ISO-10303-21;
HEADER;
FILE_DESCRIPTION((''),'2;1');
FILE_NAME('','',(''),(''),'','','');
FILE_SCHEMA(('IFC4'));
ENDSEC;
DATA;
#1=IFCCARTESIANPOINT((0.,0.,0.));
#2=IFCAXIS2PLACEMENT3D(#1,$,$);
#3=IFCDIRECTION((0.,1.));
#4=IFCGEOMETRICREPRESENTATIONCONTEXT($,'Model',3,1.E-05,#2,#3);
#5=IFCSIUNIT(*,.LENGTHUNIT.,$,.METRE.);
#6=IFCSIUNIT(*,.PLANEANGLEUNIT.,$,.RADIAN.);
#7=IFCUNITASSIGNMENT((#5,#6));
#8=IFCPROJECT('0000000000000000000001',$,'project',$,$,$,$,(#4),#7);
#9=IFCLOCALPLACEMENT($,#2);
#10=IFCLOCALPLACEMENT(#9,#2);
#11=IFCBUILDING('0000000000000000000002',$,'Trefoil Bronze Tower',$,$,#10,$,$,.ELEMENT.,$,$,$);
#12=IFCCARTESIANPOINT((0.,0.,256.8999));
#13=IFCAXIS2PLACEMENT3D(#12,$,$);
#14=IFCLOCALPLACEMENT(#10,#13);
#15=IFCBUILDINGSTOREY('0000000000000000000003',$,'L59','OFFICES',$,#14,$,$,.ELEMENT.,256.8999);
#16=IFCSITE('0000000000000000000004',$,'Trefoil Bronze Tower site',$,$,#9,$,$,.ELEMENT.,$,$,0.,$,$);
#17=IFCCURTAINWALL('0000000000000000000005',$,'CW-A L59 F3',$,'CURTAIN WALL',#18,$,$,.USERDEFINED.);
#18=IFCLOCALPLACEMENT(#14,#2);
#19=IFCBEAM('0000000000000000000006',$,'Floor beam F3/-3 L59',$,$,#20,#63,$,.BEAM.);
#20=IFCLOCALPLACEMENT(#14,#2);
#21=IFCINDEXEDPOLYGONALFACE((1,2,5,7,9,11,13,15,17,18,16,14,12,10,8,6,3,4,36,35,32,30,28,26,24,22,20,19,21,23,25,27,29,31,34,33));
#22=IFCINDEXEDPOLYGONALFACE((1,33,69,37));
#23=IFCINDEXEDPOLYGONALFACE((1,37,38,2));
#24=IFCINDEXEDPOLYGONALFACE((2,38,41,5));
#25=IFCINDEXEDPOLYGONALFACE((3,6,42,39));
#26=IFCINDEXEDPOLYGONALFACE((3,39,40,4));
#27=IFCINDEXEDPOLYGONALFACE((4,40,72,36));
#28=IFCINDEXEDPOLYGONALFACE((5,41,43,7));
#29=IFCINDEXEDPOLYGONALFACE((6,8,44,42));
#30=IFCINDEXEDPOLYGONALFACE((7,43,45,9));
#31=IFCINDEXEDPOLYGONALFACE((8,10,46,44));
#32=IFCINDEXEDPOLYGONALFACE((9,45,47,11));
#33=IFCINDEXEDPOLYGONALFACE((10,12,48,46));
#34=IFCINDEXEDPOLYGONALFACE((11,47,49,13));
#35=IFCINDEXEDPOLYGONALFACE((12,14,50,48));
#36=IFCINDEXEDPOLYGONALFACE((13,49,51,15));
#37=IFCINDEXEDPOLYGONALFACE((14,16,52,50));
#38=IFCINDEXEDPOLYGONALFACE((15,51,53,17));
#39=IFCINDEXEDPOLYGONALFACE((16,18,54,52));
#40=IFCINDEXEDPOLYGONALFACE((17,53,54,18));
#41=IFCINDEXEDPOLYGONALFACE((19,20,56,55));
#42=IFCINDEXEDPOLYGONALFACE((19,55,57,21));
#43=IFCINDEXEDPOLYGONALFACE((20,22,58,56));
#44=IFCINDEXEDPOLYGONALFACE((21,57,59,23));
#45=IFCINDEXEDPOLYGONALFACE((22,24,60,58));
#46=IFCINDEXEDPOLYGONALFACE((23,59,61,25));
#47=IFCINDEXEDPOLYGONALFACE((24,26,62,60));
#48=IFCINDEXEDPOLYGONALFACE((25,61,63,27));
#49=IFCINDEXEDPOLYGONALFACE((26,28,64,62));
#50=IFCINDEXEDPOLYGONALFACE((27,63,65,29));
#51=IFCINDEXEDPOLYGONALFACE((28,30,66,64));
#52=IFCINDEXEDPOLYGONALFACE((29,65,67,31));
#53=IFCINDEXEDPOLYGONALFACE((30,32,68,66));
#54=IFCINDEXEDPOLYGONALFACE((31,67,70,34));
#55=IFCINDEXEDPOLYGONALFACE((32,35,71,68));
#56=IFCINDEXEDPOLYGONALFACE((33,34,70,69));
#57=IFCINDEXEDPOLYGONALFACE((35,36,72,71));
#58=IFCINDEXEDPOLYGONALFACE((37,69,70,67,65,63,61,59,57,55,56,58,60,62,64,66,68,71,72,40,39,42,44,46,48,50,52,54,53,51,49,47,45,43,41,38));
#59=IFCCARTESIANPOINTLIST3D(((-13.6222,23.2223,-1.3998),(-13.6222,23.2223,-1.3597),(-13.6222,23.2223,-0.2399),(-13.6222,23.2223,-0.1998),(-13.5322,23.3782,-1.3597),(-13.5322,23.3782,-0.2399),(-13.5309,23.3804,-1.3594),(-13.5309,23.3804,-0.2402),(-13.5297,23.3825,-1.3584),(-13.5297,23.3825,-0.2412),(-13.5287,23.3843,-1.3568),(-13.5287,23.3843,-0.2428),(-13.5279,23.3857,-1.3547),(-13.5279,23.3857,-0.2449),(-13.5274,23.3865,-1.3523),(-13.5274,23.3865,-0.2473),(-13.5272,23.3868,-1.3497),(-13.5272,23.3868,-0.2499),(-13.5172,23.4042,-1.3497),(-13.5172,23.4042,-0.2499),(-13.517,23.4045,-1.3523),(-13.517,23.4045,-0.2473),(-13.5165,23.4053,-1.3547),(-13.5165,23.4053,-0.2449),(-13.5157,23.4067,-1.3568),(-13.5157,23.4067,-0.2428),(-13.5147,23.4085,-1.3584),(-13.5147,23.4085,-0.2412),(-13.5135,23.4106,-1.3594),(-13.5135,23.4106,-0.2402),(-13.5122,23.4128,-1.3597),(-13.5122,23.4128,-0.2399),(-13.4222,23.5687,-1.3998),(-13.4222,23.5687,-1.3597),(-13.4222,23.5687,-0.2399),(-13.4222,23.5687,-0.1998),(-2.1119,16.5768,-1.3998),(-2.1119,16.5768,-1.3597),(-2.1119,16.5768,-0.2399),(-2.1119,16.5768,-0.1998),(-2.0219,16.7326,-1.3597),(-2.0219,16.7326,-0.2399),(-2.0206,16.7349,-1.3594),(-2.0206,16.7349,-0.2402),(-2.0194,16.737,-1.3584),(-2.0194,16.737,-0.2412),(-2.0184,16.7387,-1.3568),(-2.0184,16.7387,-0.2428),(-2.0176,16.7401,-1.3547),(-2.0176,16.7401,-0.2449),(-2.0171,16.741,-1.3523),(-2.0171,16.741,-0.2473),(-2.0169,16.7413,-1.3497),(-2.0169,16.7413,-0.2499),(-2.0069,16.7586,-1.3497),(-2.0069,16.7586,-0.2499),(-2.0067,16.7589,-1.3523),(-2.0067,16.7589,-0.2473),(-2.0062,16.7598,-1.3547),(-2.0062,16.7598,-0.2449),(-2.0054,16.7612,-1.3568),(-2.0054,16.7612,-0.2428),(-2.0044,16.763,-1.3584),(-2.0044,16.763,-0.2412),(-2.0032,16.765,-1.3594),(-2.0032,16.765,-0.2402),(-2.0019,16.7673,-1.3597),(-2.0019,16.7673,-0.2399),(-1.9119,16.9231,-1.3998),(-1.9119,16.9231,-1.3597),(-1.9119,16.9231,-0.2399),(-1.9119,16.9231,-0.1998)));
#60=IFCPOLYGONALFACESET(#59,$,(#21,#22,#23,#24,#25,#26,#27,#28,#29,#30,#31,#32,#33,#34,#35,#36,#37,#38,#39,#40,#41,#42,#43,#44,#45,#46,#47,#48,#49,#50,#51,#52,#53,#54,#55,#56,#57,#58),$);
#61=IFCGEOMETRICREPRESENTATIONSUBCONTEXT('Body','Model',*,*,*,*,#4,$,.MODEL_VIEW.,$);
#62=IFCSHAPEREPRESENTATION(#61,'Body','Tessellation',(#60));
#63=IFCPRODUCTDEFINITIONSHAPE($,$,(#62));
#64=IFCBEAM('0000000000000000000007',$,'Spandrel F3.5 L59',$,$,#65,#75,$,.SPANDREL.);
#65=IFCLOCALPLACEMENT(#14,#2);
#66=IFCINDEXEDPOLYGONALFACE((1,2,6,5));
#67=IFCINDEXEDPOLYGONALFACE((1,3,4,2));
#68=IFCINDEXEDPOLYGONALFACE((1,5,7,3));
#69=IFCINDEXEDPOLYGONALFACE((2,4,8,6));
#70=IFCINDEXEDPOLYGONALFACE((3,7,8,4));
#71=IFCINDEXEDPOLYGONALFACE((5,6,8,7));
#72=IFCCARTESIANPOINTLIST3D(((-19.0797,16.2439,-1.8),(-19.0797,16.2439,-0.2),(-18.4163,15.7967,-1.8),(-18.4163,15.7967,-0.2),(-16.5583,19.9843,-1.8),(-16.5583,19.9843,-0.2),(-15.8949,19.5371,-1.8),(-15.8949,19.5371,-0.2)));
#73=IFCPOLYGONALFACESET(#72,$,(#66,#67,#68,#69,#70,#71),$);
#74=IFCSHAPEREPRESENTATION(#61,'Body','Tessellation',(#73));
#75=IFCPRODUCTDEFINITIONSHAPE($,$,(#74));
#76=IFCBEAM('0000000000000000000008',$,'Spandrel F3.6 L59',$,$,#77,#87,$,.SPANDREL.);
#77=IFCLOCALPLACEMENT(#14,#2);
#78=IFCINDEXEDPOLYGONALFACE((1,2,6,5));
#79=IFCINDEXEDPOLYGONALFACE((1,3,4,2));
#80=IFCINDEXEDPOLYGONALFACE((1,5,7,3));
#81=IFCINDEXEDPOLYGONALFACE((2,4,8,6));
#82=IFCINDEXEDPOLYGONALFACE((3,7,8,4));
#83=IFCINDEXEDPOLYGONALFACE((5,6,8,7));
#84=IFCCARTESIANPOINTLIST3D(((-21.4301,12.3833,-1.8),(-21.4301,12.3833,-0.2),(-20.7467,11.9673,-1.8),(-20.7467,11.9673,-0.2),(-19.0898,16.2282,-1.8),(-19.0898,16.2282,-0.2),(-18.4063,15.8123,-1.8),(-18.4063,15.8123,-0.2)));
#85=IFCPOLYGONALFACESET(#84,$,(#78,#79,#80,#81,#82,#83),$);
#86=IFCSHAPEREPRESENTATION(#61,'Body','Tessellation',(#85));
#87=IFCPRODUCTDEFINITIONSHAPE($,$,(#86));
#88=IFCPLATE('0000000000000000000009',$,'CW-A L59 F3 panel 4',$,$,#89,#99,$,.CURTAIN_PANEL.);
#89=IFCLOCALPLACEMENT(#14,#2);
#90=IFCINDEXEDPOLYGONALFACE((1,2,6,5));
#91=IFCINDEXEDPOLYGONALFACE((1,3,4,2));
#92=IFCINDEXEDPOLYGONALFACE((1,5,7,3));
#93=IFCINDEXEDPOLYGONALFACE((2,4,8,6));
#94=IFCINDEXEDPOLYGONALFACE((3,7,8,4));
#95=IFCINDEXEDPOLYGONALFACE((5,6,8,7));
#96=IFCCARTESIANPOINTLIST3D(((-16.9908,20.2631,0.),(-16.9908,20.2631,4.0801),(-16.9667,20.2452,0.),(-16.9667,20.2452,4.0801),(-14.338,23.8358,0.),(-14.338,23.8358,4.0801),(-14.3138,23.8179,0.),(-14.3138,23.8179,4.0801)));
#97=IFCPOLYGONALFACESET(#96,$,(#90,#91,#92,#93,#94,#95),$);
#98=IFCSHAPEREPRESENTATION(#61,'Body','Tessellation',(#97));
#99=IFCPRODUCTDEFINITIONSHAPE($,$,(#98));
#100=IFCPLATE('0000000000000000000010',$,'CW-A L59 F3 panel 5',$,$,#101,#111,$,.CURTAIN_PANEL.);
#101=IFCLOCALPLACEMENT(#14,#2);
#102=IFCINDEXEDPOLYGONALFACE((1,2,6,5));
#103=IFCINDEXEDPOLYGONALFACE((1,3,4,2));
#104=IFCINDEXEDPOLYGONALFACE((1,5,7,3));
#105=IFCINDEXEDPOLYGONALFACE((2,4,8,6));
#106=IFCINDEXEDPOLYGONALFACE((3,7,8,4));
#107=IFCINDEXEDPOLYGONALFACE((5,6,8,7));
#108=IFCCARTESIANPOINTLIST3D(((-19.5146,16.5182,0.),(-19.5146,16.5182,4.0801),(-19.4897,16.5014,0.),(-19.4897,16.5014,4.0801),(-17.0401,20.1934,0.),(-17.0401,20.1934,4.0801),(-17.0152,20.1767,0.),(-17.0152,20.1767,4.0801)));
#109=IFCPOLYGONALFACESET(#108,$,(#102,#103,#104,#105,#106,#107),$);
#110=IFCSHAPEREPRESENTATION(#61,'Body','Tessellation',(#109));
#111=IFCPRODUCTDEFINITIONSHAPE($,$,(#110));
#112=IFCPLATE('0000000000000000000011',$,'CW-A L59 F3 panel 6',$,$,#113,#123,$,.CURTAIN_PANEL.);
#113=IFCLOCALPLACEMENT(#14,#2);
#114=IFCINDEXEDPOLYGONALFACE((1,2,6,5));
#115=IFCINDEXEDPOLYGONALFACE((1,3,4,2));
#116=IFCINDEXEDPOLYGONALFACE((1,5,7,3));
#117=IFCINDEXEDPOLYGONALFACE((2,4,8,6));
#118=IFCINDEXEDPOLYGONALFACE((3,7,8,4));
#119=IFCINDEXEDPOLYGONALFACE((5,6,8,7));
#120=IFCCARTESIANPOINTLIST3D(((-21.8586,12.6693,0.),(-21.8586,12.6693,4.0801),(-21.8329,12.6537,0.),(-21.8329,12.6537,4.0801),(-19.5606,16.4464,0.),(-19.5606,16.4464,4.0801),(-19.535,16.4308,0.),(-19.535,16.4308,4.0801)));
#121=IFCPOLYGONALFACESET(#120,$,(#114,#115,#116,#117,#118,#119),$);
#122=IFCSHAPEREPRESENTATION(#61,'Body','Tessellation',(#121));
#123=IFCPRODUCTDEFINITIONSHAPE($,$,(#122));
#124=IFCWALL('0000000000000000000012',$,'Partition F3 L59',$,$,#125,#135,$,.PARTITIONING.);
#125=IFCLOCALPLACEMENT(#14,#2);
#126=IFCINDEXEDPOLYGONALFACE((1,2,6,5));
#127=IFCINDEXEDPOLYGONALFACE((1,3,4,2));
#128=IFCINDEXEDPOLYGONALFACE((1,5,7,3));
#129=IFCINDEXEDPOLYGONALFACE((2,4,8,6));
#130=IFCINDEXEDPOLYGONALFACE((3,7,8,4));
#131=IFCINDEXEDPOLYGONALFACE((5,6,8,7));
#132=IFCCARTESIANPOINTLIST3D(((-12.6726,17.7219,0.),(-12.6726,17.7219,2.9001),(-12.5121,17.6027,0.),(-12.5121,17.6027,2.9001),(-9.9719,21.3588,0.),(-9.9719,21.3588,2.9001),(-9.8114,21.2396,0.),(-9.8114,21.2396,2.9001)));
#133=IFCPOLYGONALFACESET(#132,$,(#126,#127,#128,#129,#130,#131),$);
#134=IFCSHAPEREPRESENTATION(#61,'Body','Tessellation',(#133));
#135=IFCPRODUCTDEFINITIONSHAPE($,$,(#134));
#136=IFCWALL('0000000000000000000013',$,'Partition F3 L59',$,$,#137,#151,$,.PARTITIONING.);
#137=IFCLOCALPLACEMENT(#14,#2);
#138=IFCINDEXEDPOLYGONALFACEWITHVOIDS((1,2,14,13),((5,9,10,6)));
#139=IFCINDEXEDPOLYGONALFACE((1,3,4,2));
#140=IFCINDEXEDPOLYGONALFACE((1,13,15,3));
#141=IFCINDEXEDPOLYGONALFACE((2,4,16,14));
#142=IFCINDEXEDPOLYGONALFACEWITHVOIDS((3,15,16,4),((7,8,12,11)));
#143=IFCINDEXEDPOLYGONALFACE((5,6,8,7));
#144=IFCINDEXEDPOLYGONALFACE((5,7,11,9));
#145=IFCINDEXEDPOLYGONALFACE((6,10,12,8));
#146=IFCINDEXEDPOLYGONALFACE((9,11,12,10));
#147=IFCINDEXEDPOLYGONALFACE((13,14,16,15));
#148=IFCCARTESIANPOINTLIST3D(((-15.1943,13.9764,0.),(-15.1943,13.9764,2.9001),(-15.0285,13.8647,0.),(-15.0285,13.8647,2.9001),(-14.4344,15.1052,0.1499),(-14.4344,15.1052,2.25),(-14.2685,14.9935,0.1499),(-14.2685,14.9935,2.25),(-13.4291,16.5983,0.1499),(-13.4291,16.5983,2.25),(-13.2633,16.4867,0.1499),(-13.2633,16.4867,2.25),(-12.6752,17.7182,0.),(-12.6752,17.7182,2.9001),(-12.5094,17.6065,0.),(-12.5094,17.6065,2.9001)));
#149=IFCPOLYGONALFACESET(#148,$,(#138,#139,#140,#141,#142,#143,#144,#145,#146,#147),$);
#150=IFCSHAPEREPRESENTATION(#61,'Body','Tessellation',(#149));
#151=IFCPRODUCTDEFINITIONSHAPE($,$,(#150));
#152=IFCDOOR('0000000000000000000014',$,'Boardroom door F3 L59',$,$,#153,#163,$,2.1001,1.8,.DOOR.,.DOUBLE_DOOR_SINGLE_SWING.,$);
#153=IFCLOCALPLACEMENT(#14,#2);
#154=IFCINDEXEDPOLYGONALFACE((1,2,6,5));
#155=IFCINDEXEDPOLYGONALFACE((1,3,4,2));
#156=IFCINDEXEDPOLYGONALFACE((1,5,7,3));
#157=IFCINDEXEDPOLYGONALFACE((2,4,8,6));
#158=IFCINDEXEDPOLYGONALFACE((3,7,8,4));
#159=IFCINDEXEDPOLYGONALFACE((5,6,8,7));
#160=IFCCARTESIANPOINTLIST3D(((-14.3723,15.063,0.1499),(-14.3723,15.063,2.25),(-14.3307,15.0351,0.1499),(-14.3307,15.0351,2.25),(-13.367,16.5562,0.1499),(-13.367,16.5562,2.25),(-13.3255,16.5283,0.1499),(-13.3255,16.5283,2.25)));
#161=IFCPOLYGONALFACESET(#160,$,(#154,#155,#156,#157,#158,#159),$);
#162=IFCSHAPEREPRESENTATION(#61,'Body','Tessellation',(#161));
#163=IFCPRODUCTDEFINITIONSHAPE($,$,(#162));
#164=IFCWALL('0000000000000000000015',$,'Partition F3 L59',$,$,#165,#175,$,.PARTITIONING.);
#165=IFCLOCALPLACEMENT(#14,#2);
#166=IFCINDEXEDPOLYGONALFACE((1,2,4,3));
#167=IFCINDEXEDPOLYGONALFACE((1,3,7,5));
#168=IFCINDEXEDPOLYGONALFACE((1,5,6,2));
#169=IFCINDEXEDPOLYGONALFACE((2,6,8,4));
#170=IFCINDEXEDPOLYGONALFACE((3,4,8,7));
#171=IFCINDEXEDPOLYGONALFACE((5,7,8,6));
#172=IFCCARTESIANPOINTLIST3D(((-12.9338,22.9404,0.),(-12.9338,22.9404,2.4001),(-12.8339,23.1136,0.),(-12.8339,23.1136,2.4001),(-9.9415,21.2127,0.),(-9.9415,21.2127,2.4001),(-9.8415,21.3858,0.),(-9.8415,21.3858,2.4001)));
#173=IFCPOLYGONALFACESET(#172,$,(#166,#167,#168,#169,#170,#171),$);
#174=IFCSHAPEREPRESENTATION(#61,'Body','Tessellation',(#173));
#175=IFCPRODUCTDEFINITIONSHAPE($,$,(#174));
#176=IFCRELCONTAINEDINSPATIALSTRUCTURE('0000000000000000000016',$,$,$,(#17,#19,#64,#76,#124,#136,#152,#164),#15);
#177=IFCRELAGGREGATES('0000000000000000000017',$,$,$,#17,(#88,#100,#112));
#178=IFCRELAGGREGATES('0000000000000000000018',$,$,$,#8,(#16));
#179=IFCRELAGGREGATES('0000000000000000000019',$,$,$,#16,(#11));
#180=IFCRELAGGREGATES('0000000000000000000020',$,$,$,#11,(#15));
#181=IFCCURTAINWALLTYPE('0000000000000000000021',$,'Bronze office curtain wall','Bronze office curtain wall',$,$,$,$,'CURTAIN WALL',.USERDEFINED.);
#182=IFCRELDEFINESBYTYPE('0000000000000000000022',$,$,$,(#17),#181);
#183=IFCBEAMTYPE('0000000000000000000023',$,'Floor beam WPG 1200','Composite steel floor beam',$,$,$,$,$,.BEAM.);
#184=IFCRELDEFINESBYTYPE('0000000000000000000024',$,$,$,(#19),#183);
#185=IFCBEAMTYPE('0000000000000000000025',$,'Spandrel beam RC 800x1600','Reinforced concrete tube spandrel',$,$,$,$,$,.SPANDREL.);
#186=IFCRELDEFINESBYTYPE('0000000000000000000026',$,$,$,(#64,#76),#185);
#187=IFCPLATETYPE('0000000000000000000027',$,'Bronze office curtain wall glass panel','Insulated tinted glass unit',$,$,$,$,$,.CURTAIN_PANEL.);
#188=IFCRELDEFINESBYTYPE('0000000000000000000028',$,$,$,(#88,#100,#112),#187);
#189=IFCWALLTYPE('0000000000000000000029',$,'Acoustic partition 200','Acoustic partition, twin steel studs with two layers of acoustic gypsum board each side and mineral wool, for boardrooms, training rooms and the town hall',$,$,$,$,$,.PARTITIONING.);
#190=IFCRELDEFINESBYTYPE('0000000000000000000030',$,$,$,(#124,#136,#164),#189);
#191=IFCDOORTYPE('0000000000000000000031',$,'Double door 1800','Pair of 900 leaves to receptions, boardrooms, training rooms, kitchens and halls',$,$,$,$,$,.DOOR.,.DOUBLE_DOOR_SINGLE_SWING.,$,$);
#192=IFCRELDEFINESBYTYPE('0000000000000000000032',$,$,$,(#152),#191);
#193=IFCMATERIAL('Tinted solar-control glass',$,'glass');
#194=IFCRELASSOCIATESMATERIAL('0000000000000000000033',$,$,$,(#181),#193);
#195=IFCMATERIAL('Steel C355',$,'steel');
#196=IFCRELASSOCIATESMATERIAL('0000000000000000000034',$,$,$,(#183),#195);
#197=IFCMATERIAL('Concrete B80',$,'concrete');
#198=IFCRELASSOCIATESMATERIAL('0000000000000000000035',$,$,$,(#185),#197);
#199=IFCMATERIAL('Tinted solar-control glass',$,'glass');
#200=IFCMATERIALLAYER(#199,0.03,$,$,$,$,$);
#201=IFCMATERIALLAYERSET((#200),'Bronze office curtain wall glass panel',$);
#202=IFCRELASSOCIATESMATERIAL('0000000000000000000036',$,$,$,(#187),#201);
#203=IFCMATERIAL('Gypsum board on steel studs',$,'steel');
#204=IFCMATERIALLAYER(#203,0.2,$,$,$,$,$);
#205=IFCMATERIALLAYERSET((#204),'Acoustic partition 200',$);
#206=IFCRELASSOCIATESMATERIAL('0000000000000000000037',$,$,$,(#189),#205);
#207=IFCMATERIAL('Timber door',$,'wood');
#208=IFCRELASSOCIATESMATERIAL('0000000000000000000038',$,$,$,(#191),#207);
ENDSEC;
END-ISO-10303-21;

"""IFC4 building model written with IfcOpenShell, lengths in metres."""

from ifc_helpers import new_model, si_unit, direction, frame, frame_2d, origin, origin_2d, place, context, subcontext, project, spatial, rectangle, i_section, extrude, material, layer, layer_set, material_profile, profile_set, type_object, element, fill, aggregate, save


model = new_model("IFC4")

# Units and contexts
model_context = context("Model", 3, precision=1e-05, world=origin(), true_north=direction((0.0, 1.0)))
body_context = subcontext(model_context, "Body", "Model", "MODEL_VIEW")
ifc_project = project(units=[si_unit("LENGTHUNIT", "METRE"), si_unit("PLANEANGLEUNIT", "RADIAN")], contexts=[model_context])

# Site, building, storey
site_placement = place(None, origin())
site = spatial("IfcSite", under=ifc_project, at=site_placement, Name="Trefoil Bronze Tower site", CompositionType="ELEMENT", RefElevation=0.0)
building_placement = place(site_placement, origin())
building = spatial("IfcBuilding", under=site, at=building_placement, Name="Trefoil Bronze Tower", CompositionType="ELEMENT")
storey_placement = place(building_placement, frame((0.0, 0.0, 256.8999)))
storey = spatial("IfcBuildingStorey", under=building, at=storey_placement, Name="L59", Description="OFFICES", CompositionType="ELEMENT", Elevation=256.8999)

# Curtain wall
ifc_material_1 = material(Name="Tinted solar-control glass", Category="glass")
curtain_wall_type = type_object("IfcCurtainWallType", Name="Bronze office curtain wall", Description="Bronze office curtain wall", ElementType="CURTAIN WALL", PredefinedType="USERDEFINED", material=ifc_material_1)
curtain_wall_placement = place(storey_placement, origin())
curtain_wall = element("IfcCurtainWall", 1, at=curtain_wall_placement, inside=storey, type_object=curtain_wall_type, Name="CW-A L59 F3", ObjectType="CURTAIN WALL", PredefinedType="USERDEFINED")

# Beams
ifc_material_2 = material(Name="Steel C355", Category="steel")
ifc_material_profile_1 = material_profile(ifc_material_2, i_section(OverallWidth=0.3999, OverallDepth=1.2, WebThickness=0.02, FlangeThickness=0.04, FilletRadius=0.01, at=origin_2d()), Name="WPG 1200")
ifc_profile_set_1 = profile_set([ifc_material_profile_1], Name="Steel C355")
beam_type_1 = type_object("IfcBeamType", Name="Floor beam WPG 1200", Description="Composite steel floor beam", PredefinedType="BEAM", material=ifc_profile_set_1)
beam_1_placement = place(storey_placement, frame((-13.5222, 23.3955, -0.7998), z_axis=(0.866023, -0.500003, 0.0), x_axis=(0.500003, 0.866023, 0.0)))
element("IfcBeam", 2, at=beam_1_placement, inside=storey, type_object=beam_type_1, Name="Floor beam F3/-3 L59", PredefinedType="BEAM", context=body_context, shape_type="SweptSolid", body=[
    extrude(i_section(OverallWidth=0.3999, OverallDepth=1.2, WebThickness=0.02, FlangeThickness=0.04, FilletRadius=0.01, at=origin_2d()), origin(), (0.0, 0.0, 1.0), 13.291),
])
ifc_material_3 = material(Name="Concrete B80", Category="concrete")
ifc_material_profile_2 = material_profile(ifc_material_3, rectangle(XDim=0.8, YDim=1.6001, at=origin_2d()), Name="RC 800x1600")
ifc_profile_set_2 = profile_set([ifc_material_profile_2], Name="Concrete B80")
beam_type_2 = type_object("IfcBeamType", Name="Spandrel beam RC 800x1600", Description="Reinforced concrete tube spandrel", PredefinedType="SPANDREL", material=ifc_profile_set_2)
beam_2_placement = place(storey_placement, frame((-16.2266, 19.7607, -1.0), z_axis=(-0.558964, -0.829192, 0.0), x_axis=(0.829192, -0.558964, 0.0)))
element("IfcBeam", 3, at=beam_2_placement, inside=storey, type_object=beam_type_2, Name="Spandrel F3.5 L59", PredefinedType="SPANDREL", context=body_context, shape_type="SweptSolid", body=[
    extrude(rectangle(XDim=0.8, YDim=1.6001, at=origin_2d()), origin(), (0.0, 0.0, 1.0), 4.511),
])
beam_3_placement = place(storey_placement, frame((-18.748, 16.0203, -1.0), z_axis=(-0.519933, -0.854207, 0.0), x_axis=(0.854207, -0.519933, 0.0)))
element("IfcBeam", 4, at=beam_3_placement, inside=storey, type_object=beam_type_2, Name="Spandrel F3.6 L59", PredefinedType="SPANDREL", context=body_context, shape_type="SweptSolid", body=[
    extrude(rectangle(XDim=0.8, YDim=1.6001, at=origin_2d()), origin(), (0.0, 0.0, 1.0), 4.5012),
])

# Plates
ifc_material_4 = material(Name="Tinted solar-control glass", Category="glass")
ifc_layer_1 = layer(ifc_material_4, 0.03)
ifc_layer_set_1 = layer_set([ifc_layer_1], Name="Bronze office curtain wall glass panel")
plate_type = type_object("IfcPlateType", Name="Bronze office curtain wall glass panel", Description="Insulated tinted glass unit", PredefinedType="CURTAIN_PANEL", material=ifc_layer_set_1)
plate_1_placement = place(storey_placement, frame((-15.6523, 22.0405, 0.0), z_axis=(0.0, 0.0, 1.0), x_axis=(-0.596162, -0.802865, 0.0)))
plate_1 = element("IfcPlate", 5, at=plate_1_placement, type_object=plate_type, Name="CW-A L59 F3 panel 4", PredefinedType="CURTAIN_PANEL", context=body_context, shape_type="SweptSolid", body=[
    extrude(rectangle(XDim=4.45, YDim=0.03, at=origin_2d()), origin(), (0.0, 0.0, 1.0), 4.0801),
])
plate_2_placement = place(storey_placement, frame((-18.2649, 18.3474, 0.0), z_axis=(0.0, 0.0, 1.0), x_axis=(-0.558493, -0.829509, 0.0)))
plate_2 = element("IfcPlate", 6, at=plate_2_placement, type_object=plate_type, Name="CW-A L59 F3 panel 5", PredefinedType="CURTAIN_PANEL", context=body_context, shape_type="SweptSolid", body=[
    extrude(rectangle(XDim=4.4307, YDim=0.03, at=origin_2d()), origin(), (0.0, 0.0, 1.0), 4.0801),
])
plate_3_placement = place(storey_placement, frame((-20.6968, 14.55, 0.0), z_axis=(0.0, 0.0, 1.0), x_axis=(-0.519762, -0.854311, 0.0)))
plate_3 = element("IfcPlate", 7, at=plate_3_placement, type_object=plate_type, Name="CW-A L59 F3 panel 6", PredefinedType="CURTAIN_PANEL", context=body_context, shape_type="SweptSolid", body=[
    extrude(rectangle(XDim=4.4211, YDim=0.03, at=origin_2d()), origin(), (0.0, 0.0, 1.0), 4.0801),
])
aggregate(curtain_wall, [plate_1, plate_2, plate_3])

# Wall
ifc_material_5 = material(Name="Gypsum board on steel studs", Category="steel")
ifc_layer_2 = layer(ifc_material_5, 0.2)
ifc_layer_set_2 = layer_set([ifc_layer_2], Name="Acoustic partition 200")
wall_type_1 = type_object("IfcWallType", Name="Acoustic partition 200", Description="Acoustic partition, twin steel studs with two layers of acoustic gypsum board each side and mineral wool, for boardrooms, training rooms and the town hall", PredefinedType="PARTITIONING", material=ifc_layer_set_2)
wall_1_placement = place(storey_placement, frame((-9.8916, 21.2993, 0.0), z_axis=(0.0, 0.0, 1.0), x_axis=(-0.596173, -0.802856, 0.0)))
element("IfcWall", 8, at=wall_1_placement, inside=storey, type_object=wall_type_1, Name="Partition F3 L59", PredefinedType="PARTITIONING", context=body_context, shape_type="SweptSolid", body=[
    extrude(rectangle(XDim=4.53, YDim=0.2, at=frame_2d((2.2651, 0.0))), origin(), (0.0, 0.0, 1.0), 2.9001),
])

# Wall, opening, door
wall_2_placement = place(storey_placement, frame((-12.5923, 17.6624, 0.0), z_axis=(0.0, 0.0, 1.0), x_axis=(-0.558467, -0.829527, 0.0)))
wall_2 = element("IfcWall", 9, at=wall_2_placement, inside=storey, type_object=wall_type_1, Name="Partition F3 L59", PredefinedType="PARTITIONING", context=body_context, shape_type="SweptSolid", body=[
    extrude(rectangle(XDim=4.5107, YDim=0.2, at=frame_2d((2.2554, 0.0))), origin(), (0.0, 0.0, 1.0), 2.9001),
])
opening_1_placement = place(wall_2_placement, frame((1.3501, 0.0, 0.1499)))
opening_1 = element("IfcOpeningElement", 10, at=opening_1_placement, cuts=wall_2, PredefinedType="OPENING", context=body_context, shape_type="SweptSolid", body=[
    extrude(rectangle(XDim=1.8, YDim=2.1001, at=frame_2d((0.8999, 1.05))), frame((0.0, 0.1099, 0.0), z_axis=(0.0, -1.0, 0.0), x_axis=(1.0, 0.0, 0.0)), (0.0, 0.0, 1.0), 0.22),
])
ifc_material_6 = material(Name="Timber door", Category="wood")
door_type_1 = type_object("IfcDoorType", Name="Double door 1800", Description="Pair of 900 leaves to receptions, boardrooms, training rooms, kitchens and halls", OperationType="DOUBLE_DOOR_SINGLE_SWING", PredefinedType="DOOR", material=ifc_material_6)
door_1_placement = place(opening_1_placement, frame((1.8, 0.0, 0.0), z_axis=(0.0, 0.0, 1.0), x_axis=(-1.0, 0.0, 0.0)))
door_1 = element("IfcDoor", 11, at=door_1_placement, inside=storey, type_object=door_type_1, Name="Boardroom door F3 L59", OperationType="DOUBLE_DOOR_SINGLE_SWING", OverallHeight=2.1001, OverallWidth=1.8, PredefinedType="DOOR", context=body_context, shape_type="SweptSolid", body=[
    extrude(rectangle(XDim=1.8, YDim=2.1001, at=frame_2d((0.8999, 1.05))), frame((0.0, 0.0249, 0.0), z_axis=(0.0, -1.0, 0.0), x_axis=(1.0, 0.0, 0.0)), (0.0, 0.0, 1.0), 0.05),
])
fill(opening_1, door_1)

# Wall
wall_3_placement = place(storey_placement, frame((-9.8916, 21.2993, 0.0), z_axis=(0.0, 0.0, 1.0), x_axis=(-0.866013, 0.500022, 0.0)))
element("IfcWall", 12, at=wall_3_placement, inside=storey, type_object=wall_type_1, Name="Partition F3 L59", PredefinedType="PARTITIONING", context=body_context, shape_type="SweptSolid", body=[
    extrude(rectangle(XDim=3.4553, YDim=0.2, at=frame_2d((1.7275, 0.0))), origin(), (0.0, 0.0, 1.0), 2.4001),
])

save(model, "model.ifc")
